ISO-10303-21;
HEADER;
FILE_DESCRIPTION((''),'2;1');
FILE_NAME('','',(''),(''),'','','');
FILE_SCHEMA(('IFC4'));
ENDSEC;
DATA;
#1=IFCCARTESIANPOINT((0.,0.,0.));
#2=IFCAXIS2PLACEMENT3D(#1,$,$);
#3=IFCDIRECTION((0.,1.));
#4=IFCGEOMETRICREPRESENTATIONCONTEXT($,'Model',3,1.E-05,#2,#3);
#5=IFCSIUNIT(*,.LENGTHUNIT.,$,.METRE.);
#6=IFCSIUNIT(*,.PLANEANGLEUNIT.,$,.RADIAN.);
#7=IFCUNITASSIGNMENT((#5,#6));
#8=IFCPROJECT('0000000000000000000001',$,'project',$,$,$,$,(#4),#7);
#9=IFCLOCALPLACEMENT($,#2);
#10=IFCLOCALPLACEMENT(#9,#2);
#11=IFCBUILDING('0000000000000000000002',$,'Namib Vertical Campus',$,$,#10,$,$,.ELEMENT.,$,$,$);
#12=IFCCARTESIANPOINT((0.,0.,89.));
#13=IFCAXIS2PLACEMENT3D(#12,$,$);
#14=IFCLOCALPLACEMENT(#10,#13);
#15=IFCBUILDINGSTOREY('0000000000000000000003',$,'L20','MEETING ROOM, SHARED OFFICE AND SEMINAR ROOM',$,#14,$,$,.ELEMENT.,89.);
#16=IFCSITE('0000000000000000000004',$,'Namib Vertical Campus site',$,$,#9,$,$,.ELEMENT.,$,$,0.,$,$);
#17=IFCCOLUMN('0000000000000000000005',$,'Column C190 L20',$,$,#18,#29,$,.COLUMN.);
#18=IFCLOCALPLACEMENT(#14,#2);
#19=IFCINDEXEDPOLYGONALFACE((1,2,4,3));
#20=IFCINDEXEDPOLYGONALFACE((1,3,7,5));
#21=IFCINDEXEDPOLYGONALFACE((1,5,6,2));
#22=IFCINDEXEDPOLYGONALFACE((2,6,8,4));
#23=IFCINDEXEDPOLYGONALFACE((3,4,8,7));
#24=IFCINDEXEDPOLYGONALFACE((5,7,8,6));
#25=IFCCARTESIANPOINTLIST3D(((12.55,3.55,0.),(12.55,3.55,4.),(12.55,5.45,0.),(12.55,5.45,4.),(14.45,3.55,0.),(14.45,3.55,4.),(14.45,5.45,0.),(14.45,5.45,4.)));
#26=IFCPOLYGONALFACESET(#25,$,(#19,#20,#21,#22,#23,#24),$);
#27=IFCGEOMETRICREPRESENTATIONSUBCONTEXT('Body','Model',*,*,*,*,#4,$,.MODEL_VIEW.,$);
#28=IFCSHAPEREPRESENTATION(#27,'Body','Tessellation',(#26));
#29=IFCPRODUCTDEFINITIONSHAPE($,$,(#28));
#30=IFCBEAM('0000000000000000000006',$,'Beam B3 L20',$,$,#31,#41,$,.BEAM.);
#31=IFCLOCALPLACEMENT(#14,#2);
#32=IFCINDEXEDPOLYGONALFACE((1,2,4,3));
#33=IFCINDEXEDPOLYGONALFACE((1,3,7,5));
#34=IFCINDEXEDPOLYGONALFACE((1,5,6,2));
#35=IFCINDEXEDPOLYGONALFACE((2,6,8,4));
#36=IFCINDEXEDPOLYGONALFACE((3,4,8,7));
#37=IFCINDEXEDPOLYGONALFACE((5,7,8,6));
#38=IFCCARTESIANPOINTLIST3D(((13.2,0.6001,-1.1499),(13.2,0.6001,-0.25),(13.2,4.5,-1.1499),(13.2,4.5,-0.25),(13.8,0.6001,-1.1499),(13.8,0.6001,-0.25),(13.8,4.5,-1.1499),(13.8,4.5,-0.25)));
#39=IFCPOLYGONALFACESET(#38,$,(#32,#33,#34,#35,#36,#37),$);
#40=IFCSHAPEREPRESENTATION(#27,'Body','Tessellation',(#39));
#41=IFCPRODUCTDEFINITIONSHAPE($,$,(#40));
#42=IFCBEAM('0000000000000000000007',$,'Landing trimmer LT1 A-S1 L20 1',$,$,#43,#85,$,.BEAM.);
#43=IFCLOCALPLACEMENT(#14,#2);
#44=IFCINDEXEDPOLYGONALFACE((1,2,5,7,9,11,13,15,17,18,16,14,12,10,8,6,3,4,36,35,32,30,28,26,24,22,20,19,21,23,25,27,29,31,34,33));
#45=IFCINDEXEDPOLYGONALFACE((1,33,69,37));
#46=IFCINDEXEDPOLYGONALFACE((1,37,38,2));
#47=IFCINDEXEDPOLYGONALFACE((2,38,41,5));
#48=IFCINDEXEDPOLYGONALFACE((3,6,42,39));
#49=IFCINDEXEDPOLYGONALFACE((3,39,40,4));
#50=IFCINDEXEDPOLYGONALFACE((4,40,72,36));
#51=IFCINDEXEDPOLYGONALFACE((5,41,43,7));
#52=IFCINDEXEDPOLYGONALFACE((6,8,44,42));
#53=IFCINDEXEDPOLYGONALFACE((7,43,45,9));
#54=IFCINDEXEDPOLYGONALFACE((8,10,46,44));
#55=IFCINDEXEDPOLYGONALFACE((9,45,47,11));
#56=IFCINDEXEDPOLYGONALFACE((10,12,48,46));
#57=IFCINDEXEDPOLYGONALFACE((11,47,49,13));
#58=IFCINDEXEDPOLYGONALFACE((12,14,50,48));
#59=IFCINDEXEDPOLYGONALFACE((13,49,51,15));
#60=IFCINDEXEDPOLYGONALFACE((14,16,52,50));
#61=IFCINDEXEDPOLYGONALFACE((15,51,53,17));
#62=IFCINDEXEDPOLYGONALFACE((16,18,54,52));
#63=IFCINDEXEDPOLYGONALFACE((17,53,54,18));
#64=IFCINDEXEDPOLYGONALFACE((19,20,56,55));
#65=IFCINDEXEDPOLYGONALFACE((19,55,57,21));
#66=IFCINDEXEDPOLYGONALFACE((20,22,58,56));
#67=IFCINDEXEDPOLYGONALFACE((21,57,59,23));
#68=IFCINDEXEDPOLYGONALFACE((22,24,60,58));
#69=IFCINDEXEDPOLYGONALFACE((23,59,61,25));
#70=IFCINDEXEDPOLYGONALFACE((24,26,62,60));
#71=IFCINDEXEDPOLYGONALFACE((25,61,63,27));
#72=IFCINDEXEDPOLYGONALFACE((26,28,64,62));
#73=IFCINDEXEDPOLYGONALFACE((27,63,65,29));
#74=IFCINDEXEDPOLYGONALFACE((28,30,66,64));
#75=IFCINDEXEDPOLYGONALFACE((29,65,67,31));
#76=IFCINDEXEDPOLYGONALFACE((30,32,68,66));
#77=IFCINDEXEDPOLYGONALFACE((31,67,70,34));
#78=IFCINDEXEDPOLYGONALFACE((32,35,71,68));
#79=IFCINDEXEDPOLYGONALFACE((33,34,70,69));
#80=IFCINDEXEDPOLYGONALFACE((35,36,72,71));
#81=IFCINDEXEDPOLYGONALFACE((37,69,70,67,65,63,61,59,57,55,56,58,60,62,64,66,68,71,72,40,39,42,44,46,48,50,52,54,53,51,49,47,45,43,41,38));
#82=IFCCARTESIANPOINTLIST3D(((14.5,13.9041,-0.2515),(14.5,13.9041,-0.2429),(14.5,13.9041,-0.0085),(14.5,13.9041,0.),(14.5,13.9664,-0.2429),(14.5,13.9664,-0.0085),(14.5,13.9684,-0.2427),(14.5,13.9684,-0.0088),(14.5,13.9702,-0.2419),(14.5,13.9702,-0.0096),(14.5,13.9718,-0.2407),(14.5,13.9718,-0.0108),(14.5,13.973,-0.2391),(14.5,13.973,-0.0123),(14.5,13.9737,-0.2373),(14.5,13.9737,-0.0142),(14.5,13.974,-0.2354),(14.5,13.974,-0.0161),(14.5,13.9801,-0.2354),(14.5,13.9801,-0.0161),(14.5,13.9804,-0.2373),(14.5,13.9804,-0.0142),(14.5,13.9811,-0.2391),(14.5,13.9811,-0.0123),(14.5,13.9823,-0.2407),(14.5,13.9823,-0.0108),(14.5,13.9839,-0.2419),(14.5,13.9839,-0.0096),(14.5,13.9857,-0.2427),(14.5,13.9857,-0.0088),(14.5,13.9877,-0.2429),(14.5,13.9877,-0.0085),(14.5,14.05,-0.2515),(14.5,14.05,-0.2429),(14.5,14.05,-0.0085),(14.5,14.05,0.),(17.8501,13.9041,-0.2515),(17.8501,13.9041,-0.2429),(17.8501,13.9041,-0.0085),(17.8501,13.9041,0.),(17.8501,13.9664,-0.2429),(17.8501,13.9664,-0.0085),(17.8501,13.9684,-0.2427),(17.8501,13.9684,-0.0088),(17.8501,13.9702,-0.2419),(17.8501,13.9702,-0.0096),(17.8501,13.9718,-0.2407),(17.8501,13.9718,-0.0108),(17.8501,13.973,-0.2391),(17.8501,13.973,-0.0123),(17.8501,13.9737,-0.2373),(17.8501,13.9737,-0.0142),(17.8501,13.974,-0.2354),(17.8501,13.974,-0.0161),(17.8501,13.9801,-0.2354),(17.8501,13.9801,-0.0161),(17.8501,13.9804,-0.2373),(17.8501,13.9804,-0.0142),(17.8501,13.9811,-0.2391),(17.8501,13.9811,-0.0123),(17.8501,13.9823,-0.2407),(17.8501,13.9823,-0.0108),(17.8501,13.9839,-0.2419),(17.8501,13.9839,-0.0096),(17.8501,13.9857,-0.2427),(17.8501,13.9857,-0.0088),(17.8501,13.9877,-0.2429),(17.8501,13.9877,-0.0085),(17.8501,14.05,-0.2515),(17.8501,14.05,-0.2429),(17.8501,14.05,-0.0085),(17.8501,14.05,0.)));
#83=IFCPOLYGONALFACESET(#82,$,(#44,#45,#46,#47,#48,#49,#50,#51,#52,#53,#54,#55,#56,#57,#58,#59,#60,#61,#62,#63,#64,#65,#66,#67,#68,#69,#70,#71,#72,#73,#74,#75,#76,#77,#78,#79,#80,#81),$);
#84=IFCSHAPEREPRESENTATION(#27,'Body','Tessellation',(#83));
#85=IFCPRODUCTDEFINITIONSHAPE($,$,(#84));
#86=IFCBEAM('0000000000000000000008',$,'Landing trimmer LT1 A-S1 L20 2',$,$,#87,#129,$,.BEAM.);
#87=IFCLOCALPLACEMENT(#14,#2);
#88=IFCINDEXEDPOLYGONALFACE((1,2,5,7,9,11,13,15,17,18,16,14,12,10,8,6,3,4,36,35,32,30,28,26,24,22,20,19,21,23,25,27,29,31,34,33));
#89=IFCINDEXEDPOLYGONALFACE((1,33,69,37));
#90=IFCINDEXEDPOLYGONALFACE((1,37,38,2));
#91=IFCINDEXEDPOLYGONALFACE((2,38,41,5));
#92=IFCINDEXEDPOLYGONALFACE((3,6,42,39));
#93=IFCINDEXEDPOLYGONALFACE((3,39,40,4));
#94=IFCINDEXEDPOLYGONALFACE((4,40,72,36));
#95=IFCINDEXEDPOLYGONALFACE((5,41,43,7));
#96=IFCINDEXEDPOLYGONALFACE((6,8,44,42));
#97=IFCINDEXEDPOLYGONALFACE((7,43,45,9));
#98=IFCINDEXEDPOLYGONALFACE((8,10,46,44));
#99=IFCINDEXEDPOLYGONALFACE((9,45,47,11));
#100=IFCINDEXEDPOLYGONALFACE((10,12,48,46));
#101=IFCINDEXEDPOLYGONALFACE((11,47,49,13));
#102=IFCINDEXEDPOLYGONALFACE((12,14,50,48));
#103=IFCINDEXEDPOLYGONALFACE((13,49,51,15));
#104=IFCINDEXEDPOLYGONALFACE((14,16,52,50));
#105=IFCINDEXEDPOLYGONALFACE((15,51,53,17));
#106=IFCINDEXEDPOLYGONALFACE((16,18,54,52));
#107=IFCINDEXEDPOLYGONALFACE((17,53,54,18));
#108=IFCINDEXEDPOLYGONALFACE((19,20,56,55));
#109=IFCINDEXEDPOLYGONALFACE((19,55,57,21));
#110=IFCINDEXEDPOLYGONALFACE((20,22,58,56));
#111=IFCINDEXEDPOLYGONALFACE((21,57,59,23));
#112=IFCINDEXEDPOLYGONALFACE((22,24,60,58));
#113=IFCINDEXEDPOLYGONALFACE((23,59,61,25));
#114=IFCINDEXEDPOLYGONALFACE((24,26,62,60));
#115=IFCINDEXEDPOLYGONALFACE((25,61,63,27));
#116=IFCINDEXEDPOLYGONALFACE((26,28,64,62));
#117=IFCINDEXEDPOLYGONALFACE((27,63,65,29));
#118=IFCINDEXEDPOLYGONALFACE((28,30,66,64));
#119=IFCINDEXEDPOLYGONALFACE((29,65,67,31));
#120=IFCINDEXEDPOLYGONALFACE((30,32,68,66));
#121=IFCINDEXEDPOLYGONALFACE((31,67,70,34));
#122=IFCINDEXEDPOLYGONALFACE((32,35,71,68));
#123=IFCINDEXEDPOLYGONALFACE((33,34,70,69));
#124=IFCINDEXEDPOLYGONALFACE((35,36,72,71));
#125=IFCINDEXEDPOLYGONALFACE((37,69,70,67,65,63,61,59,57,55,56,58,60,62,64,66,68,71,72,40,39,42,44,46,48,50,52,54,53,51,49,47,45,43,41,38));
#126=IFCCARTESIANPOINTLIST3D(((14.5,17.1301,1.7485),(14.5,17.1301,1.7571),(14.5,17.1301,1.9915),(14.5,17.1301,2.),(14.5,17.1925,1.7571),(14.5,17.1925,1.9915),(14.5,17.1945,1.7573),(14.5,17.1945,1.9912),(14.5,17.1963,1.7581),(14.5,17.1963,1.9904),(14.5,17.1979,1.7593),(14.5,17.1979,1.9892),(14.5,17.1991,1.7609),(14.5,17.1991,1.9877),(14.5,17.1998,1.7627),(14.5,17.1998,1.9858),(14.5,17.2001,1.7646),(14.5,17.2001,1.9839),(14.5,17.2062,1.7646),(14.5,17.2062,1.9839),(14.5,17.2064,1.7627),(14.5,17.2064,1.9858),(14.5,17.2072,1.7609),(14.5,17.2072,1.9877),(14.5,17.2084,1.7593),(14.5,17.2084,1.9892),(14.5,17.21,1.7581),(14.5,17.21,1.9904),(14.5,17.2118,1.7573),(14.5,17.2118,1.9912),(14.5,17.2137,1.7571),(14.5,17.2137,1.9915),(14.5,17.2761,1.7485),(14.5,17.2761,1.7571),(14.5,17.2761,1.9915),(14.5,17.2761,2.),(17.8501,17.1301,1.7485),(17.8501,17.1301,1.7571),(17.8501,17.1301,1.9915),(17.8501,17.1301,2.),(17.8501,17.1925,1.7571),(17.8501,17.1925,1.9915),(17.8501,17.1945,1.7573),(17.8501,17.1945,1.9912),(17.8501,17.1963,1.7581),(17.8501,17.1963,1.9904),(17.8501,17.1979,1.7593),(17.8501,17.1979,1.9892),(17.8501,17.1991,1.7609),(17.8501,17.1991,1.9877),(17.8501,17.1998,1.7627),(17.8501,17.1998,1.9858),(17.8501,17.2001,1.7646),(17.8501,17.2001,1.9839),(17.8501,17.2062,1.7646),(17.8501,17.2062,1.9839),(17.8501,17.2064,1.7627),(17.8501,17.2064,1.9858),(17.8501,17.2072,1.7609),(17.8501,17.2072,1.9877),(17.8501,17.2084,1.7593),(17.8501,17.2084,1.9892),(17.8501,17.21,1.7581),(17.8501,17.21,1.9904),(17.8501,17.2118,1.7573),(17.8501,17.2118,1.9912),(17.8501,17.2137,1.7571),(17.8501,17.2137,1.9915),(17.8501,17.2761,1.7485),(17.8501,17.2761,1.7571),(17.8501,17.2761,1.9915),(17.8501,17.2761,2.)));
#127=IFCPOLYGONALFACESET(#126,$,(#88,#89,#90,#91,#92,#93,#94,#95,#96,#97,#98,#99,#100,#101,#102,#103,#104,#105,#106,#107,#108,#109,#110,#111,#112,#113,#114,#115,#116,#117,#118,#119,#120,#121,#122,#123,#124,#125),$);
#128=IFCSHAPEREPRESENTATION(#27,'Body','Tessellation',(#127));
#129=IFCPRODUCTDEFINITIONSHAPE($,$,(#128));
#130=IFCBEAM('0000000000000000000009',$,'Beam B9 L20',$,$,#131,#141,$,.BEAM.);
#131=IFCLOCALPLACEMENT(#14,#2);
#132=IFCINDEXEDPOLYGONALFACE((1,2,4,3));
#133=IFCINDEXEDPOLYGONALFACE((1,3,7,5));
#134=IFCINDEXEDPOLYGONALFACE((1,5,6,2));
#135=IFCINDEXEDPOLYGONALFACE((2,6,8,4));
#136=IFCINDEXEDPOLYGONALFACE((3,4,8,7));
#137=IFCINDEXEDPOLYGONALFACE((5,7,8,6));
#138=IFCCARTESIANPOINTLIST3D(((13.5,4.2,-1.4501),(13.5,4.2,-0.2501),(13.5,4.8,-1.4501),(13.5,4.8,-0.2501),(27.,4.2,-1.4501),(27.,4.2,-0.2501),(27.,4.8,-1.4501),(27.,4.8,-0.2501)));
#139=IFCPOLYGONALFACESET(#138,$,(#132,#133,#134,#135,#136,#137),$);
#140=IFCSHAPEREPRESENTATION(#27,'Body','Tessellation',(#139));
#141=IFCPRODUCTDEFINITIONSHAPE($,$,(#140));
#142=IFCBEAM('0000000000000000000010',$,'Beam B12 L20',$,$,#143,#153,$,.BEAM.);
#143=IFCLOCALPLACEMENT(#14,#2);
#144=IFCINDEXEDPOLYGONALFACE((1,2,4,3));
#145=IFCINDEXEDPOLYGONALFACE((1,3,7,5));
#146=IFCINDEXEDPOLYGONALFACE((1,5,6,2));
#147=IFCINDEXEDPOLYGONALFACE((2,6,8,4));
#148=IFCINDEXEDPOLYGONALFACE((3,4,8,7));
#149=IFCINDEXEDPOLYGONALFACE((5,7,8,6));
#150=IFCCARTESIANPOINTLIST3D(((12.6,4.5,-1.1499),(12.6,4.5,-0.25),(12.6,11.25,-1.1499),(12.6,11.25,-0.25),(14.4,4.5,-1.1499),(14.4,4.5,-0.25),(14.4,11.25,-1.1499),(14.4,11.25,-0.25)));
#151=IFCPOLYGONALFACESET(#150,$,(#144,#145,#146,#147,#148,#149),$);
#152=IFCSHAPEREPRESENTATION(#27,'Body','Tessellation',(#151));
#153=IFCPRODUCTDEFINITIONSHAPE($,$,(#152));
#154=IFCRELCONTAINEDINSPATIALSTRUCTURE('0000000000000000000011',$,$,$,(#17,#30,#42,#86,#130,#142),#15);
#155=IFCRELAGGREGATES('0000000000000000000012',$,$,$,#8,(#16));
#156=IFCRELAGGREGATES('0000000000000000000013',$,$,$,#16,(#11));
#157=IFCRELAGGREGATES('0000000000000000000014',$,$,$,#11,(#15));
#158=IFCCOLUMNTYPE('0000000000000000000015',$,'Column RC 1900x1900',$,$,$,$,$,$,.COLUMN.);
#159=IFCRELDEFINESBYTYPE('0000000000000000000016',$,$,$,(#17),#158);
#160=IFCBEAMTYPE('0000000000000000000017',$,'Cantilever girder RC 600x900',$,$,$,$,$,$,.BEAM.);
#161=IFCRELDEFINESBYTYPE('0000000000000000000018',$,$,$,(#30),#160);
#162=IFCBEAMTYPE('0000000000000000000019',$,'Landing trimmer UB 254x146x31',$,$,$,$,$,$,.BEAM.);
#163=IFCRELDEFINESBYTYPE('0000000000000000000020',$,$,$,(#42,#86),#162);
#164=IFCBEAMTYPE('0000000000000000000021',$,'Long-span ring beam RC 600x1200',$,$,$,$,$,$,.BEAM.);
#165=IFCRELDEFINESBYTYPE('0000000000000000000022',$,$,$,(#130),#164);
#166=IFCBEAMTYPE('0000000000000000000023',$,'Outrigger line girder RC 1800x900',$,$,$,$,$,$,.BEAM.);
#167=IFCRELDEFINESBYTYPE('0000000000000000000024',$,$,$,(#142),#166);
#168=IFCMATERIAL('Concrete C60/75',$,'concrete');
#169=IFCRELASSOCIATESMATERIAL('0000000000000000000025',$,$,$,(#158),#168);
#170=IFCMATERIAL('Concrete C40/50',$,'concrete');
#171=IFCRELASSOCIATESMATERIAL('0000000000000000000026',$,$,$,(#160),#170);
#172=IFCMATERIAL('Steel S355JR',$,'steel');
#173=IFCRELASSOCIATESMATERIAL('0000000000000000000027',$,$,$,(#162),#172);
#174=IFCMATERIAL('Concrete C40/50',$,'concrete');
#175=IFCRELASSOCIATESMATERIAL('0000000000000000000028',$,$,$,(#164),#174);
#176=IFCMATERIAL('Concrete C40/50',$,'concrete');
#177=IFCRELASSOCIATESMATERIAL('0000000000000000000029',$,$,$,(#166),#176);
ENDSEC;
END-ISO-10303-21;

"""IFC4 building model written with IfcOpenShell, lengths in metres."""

from ifc_helpers import new_model, si_unit, direction, frame, origin, origin_2d, place, context, subcontext, project, spatial, rectangle, i_section, extrude, material, material_profile, profile_set, type_object, element, save


model = new_model("IFC4")

# Units and contexts
model_context = context("Model", 3, precision=1e-05, world=origin(), true_north=direction((0.0, 1.0)))
body_context = subcontext(model_context, "Body", "Model", "MODEL_VIEW")
ifc_project = project(units=[si_unit("LENGTHUNIT", "METRE"), si_unit("PLANEANGLEUNIT", "RADIAN")], contexts=[model_context])

# Site, building, storey
site_placement = place(None, origin())
site = spatial("IfcSite", under=ifc_project, at=site_placement, Name="Namib Vertical Campus site", CompositionType="ELEMENT", RefElevation=0.0)
building_placement = place(site_placement, origin())
building = spatial("IfcBuilding", under=site, at=building_placement, Name="Namib Vertical Campus", CompositionType="ELEMENT")
storey_placement = place(building_placement, frame((0.0, 0.0, 89.0)))
storey = spatial("IfcBuildingStorey", under=building, at=storey_placement, Name="L20", Description="MEETING ROOM, SHARED OFFICE AND SEMINAR ROOM", CompositionType="ELEMENT", Elevation=89.0)

# Column
ifc_material_1 = material(Name="Concrete C60/75", Category="concrete")
ifc_material_profile_1 = material_profile(ifc_material_1, rectangle(XDim=1.8999, YDim=1.8999, at=origin_2d()))
ifc_profile_set_1 = profile_set([ifc_material_profile_1], Name="Concrete C60/75")
column_type = type_object("IfcColumnType", Name="Column RC 1900x1900", PredefinedType="COLUMN", material=ifc_profile_set_1)
column_placement = place(storey_placement, frame((13.5, 4.5, 0.0), z_axis=(0.0, 0.0, 1.0), x_axis=(1.0, 0.0, 0.0)))
element("IfcColumn", 1, at=column_placement, inside=storey, type_object=column_type, Name="Column C190 L20", PredefinedType="COLUMN", context=body_context, shape_type="SweptSolid", body=[
    extrude(rectangle(XDim=1.8999, YDim=1.8999, at=origin_2d()), origin(), (0.0, 0.0, 1.0), 4.0),
])

# Beams
ifc_material_2 = material(Name="Concrete C40/50", Category="concrete")
ifc_material_profile_2 = material_profile(ifc_material_2, rectangle(XDim=0.6001, YDim=0.8999, at=origin_2d()))
ifc_profile_set_2 = profile_set([ifc_material_profile_2], Name="Concrete C40/50")
beam_type_1 = type_object("IfcBeamType", Name="Cantilever girder RC 600x900", PredefinedType="BEAM", material=ifc_profile_set_2)
beam_1_placement = place(storey_placement, frame((13.5, 4.5, -0.7), z_axis=(0.0, -1.0, 0.0), x_axis=(1.0, 0.0, 0.0)))
element("IfcBeam", 2, at=beam_1_placement, inside=storey, type_object=beam_type_1, Name="Beam B3 L20", PredefinedType="BEAM", context=body_context, shape_type="SweptSolid", body=[
    extrude(rectangle(XDim=0.6001, YDim=0.8999, at=origin_2d()), origin(), (0.0, 0.0, 1.0), 3.8999),
])
ifc_material_3 = material(Name="Steel S355JR", Category="steel")
ifc_material_profile_3 = material_profile(ifc_material_3, i_section(OverallWidth=0.146, OverallDepth=0.2515, WebThickness=0.0061, FlangeThickness=0.0085, FilletRadius=0.0076, at=origin_2d()))
ifc_profile_set_3 = profile_set([ifc_material_profile_3], Name="Steel S355JR")
beam_type_2 = type_object("IfcBeamType", Name="Landing trimmer UB 254x146x31", PredefinedType="BEAM", material=ifc_profile_set_3)
for number, where, z_axis, x_axis, name in (
    (3, (14.5, 13.9771, -0.1257), (1.0, 0.0, 0.0), (0.0, 1.0, 0.0), "Landing trimmer LT1 A-S1 L20 1"),
    (4, (14.5, 17.2031, 1.8743), (1.0, 0.0, 0.0), (0.0, 1.0, 0.0), "Landing trimmer LT1 A-S1 L20 2"),
):
    element("IfcBeam", number, at=place(storey_placement, frame(where, z_axis=z_axis, x_axis=x_axis)), inside=storey, type_object=beam_type_2, Name=name, PredefinedType="BEAM", context=body_context, shape_type="SweptSolid", body=[
        extrude(i_section(OverallWidth=0.146, OverallDepth=0.2515, WebThickness=0.0061, FlangeThickness=0.0085, FilletRadius=0.0076, at=origin_2d()), origin(), (0.0, 0.0, 1.0), 3.3501),
    ])
ifc_material_4 = material(Name="Concrete C40/50", Category="concrete")
ifc_material_profile_4 = material_profile(ifc_material_4, rectangle(XDim=0.6001, YDim=1.2, at=origin_2d()))
ifc_profile_set_4 = profile_set([ifc_material_profile_4], Name="Concrete C40/50")
beam_type_3 = type_object("IfcBeamType", Name="Long-span ring beam RC 600x1200", PredefinedType="BEAM", material=ifc_profile_set_4)
beam_2_placement = place(storey_placement, frame((13.5, 4.5, -0.8501), z_axis=(1.0, 0.0, 0.0), x_axis=(0.0, 1.0, 0.0)))
element("IfcBeam", 5, at=beam_2_placement, inside=storey, type_object=beam_type_3, Name="Beam B9 L20", PredefinedType="BEAM", context=body_context, shape_type="SweptSolid", body=[
    extrude(rectangle(XDim=0.6001, YDim=1.2, at=origin_2d()), origin(), (0.0, 0.0, 1.0), 13.5),
])
ifc_material_5 = material(Name="Concrete C40/50", Category="concrete")
ifc_material_profile_5 = material_profile(ifc_material_5, rectangle(XDim=1.8, YDim=0.8999, at=origin_2d()))
ifc_profile_set_5 = profile_set([ifc_material_profile_5], Name="Concrete C40/50")
beam_type_4 = type_object("IfcBeamType", Name="Outrigger line girder RC 1800x900", PredefinedType="BEAM", material=ifc_profile_set_5)
beam_3_placement = place(storey_placement, frame((13.5, 4.5, -0.7), z_axis=(0.0, 1.0, 0.0), x_axis=(-1.0, 0.0, 0.0)))
element("IfcBeam", 6, at=beam_3_placement, inside=storey, type_object=beam_type_4, Name="Beam B12 L20", PredefinedType="BEAM", context=body_context, shape_type="SweptSolid", body=[
    extrude(rectangle(XDim=1.8, YDim=0.8999, at=origin_2d()), origin(), (0.0, 0.0, 1.0), 6.75),
])

save(model, "model.ifc")
